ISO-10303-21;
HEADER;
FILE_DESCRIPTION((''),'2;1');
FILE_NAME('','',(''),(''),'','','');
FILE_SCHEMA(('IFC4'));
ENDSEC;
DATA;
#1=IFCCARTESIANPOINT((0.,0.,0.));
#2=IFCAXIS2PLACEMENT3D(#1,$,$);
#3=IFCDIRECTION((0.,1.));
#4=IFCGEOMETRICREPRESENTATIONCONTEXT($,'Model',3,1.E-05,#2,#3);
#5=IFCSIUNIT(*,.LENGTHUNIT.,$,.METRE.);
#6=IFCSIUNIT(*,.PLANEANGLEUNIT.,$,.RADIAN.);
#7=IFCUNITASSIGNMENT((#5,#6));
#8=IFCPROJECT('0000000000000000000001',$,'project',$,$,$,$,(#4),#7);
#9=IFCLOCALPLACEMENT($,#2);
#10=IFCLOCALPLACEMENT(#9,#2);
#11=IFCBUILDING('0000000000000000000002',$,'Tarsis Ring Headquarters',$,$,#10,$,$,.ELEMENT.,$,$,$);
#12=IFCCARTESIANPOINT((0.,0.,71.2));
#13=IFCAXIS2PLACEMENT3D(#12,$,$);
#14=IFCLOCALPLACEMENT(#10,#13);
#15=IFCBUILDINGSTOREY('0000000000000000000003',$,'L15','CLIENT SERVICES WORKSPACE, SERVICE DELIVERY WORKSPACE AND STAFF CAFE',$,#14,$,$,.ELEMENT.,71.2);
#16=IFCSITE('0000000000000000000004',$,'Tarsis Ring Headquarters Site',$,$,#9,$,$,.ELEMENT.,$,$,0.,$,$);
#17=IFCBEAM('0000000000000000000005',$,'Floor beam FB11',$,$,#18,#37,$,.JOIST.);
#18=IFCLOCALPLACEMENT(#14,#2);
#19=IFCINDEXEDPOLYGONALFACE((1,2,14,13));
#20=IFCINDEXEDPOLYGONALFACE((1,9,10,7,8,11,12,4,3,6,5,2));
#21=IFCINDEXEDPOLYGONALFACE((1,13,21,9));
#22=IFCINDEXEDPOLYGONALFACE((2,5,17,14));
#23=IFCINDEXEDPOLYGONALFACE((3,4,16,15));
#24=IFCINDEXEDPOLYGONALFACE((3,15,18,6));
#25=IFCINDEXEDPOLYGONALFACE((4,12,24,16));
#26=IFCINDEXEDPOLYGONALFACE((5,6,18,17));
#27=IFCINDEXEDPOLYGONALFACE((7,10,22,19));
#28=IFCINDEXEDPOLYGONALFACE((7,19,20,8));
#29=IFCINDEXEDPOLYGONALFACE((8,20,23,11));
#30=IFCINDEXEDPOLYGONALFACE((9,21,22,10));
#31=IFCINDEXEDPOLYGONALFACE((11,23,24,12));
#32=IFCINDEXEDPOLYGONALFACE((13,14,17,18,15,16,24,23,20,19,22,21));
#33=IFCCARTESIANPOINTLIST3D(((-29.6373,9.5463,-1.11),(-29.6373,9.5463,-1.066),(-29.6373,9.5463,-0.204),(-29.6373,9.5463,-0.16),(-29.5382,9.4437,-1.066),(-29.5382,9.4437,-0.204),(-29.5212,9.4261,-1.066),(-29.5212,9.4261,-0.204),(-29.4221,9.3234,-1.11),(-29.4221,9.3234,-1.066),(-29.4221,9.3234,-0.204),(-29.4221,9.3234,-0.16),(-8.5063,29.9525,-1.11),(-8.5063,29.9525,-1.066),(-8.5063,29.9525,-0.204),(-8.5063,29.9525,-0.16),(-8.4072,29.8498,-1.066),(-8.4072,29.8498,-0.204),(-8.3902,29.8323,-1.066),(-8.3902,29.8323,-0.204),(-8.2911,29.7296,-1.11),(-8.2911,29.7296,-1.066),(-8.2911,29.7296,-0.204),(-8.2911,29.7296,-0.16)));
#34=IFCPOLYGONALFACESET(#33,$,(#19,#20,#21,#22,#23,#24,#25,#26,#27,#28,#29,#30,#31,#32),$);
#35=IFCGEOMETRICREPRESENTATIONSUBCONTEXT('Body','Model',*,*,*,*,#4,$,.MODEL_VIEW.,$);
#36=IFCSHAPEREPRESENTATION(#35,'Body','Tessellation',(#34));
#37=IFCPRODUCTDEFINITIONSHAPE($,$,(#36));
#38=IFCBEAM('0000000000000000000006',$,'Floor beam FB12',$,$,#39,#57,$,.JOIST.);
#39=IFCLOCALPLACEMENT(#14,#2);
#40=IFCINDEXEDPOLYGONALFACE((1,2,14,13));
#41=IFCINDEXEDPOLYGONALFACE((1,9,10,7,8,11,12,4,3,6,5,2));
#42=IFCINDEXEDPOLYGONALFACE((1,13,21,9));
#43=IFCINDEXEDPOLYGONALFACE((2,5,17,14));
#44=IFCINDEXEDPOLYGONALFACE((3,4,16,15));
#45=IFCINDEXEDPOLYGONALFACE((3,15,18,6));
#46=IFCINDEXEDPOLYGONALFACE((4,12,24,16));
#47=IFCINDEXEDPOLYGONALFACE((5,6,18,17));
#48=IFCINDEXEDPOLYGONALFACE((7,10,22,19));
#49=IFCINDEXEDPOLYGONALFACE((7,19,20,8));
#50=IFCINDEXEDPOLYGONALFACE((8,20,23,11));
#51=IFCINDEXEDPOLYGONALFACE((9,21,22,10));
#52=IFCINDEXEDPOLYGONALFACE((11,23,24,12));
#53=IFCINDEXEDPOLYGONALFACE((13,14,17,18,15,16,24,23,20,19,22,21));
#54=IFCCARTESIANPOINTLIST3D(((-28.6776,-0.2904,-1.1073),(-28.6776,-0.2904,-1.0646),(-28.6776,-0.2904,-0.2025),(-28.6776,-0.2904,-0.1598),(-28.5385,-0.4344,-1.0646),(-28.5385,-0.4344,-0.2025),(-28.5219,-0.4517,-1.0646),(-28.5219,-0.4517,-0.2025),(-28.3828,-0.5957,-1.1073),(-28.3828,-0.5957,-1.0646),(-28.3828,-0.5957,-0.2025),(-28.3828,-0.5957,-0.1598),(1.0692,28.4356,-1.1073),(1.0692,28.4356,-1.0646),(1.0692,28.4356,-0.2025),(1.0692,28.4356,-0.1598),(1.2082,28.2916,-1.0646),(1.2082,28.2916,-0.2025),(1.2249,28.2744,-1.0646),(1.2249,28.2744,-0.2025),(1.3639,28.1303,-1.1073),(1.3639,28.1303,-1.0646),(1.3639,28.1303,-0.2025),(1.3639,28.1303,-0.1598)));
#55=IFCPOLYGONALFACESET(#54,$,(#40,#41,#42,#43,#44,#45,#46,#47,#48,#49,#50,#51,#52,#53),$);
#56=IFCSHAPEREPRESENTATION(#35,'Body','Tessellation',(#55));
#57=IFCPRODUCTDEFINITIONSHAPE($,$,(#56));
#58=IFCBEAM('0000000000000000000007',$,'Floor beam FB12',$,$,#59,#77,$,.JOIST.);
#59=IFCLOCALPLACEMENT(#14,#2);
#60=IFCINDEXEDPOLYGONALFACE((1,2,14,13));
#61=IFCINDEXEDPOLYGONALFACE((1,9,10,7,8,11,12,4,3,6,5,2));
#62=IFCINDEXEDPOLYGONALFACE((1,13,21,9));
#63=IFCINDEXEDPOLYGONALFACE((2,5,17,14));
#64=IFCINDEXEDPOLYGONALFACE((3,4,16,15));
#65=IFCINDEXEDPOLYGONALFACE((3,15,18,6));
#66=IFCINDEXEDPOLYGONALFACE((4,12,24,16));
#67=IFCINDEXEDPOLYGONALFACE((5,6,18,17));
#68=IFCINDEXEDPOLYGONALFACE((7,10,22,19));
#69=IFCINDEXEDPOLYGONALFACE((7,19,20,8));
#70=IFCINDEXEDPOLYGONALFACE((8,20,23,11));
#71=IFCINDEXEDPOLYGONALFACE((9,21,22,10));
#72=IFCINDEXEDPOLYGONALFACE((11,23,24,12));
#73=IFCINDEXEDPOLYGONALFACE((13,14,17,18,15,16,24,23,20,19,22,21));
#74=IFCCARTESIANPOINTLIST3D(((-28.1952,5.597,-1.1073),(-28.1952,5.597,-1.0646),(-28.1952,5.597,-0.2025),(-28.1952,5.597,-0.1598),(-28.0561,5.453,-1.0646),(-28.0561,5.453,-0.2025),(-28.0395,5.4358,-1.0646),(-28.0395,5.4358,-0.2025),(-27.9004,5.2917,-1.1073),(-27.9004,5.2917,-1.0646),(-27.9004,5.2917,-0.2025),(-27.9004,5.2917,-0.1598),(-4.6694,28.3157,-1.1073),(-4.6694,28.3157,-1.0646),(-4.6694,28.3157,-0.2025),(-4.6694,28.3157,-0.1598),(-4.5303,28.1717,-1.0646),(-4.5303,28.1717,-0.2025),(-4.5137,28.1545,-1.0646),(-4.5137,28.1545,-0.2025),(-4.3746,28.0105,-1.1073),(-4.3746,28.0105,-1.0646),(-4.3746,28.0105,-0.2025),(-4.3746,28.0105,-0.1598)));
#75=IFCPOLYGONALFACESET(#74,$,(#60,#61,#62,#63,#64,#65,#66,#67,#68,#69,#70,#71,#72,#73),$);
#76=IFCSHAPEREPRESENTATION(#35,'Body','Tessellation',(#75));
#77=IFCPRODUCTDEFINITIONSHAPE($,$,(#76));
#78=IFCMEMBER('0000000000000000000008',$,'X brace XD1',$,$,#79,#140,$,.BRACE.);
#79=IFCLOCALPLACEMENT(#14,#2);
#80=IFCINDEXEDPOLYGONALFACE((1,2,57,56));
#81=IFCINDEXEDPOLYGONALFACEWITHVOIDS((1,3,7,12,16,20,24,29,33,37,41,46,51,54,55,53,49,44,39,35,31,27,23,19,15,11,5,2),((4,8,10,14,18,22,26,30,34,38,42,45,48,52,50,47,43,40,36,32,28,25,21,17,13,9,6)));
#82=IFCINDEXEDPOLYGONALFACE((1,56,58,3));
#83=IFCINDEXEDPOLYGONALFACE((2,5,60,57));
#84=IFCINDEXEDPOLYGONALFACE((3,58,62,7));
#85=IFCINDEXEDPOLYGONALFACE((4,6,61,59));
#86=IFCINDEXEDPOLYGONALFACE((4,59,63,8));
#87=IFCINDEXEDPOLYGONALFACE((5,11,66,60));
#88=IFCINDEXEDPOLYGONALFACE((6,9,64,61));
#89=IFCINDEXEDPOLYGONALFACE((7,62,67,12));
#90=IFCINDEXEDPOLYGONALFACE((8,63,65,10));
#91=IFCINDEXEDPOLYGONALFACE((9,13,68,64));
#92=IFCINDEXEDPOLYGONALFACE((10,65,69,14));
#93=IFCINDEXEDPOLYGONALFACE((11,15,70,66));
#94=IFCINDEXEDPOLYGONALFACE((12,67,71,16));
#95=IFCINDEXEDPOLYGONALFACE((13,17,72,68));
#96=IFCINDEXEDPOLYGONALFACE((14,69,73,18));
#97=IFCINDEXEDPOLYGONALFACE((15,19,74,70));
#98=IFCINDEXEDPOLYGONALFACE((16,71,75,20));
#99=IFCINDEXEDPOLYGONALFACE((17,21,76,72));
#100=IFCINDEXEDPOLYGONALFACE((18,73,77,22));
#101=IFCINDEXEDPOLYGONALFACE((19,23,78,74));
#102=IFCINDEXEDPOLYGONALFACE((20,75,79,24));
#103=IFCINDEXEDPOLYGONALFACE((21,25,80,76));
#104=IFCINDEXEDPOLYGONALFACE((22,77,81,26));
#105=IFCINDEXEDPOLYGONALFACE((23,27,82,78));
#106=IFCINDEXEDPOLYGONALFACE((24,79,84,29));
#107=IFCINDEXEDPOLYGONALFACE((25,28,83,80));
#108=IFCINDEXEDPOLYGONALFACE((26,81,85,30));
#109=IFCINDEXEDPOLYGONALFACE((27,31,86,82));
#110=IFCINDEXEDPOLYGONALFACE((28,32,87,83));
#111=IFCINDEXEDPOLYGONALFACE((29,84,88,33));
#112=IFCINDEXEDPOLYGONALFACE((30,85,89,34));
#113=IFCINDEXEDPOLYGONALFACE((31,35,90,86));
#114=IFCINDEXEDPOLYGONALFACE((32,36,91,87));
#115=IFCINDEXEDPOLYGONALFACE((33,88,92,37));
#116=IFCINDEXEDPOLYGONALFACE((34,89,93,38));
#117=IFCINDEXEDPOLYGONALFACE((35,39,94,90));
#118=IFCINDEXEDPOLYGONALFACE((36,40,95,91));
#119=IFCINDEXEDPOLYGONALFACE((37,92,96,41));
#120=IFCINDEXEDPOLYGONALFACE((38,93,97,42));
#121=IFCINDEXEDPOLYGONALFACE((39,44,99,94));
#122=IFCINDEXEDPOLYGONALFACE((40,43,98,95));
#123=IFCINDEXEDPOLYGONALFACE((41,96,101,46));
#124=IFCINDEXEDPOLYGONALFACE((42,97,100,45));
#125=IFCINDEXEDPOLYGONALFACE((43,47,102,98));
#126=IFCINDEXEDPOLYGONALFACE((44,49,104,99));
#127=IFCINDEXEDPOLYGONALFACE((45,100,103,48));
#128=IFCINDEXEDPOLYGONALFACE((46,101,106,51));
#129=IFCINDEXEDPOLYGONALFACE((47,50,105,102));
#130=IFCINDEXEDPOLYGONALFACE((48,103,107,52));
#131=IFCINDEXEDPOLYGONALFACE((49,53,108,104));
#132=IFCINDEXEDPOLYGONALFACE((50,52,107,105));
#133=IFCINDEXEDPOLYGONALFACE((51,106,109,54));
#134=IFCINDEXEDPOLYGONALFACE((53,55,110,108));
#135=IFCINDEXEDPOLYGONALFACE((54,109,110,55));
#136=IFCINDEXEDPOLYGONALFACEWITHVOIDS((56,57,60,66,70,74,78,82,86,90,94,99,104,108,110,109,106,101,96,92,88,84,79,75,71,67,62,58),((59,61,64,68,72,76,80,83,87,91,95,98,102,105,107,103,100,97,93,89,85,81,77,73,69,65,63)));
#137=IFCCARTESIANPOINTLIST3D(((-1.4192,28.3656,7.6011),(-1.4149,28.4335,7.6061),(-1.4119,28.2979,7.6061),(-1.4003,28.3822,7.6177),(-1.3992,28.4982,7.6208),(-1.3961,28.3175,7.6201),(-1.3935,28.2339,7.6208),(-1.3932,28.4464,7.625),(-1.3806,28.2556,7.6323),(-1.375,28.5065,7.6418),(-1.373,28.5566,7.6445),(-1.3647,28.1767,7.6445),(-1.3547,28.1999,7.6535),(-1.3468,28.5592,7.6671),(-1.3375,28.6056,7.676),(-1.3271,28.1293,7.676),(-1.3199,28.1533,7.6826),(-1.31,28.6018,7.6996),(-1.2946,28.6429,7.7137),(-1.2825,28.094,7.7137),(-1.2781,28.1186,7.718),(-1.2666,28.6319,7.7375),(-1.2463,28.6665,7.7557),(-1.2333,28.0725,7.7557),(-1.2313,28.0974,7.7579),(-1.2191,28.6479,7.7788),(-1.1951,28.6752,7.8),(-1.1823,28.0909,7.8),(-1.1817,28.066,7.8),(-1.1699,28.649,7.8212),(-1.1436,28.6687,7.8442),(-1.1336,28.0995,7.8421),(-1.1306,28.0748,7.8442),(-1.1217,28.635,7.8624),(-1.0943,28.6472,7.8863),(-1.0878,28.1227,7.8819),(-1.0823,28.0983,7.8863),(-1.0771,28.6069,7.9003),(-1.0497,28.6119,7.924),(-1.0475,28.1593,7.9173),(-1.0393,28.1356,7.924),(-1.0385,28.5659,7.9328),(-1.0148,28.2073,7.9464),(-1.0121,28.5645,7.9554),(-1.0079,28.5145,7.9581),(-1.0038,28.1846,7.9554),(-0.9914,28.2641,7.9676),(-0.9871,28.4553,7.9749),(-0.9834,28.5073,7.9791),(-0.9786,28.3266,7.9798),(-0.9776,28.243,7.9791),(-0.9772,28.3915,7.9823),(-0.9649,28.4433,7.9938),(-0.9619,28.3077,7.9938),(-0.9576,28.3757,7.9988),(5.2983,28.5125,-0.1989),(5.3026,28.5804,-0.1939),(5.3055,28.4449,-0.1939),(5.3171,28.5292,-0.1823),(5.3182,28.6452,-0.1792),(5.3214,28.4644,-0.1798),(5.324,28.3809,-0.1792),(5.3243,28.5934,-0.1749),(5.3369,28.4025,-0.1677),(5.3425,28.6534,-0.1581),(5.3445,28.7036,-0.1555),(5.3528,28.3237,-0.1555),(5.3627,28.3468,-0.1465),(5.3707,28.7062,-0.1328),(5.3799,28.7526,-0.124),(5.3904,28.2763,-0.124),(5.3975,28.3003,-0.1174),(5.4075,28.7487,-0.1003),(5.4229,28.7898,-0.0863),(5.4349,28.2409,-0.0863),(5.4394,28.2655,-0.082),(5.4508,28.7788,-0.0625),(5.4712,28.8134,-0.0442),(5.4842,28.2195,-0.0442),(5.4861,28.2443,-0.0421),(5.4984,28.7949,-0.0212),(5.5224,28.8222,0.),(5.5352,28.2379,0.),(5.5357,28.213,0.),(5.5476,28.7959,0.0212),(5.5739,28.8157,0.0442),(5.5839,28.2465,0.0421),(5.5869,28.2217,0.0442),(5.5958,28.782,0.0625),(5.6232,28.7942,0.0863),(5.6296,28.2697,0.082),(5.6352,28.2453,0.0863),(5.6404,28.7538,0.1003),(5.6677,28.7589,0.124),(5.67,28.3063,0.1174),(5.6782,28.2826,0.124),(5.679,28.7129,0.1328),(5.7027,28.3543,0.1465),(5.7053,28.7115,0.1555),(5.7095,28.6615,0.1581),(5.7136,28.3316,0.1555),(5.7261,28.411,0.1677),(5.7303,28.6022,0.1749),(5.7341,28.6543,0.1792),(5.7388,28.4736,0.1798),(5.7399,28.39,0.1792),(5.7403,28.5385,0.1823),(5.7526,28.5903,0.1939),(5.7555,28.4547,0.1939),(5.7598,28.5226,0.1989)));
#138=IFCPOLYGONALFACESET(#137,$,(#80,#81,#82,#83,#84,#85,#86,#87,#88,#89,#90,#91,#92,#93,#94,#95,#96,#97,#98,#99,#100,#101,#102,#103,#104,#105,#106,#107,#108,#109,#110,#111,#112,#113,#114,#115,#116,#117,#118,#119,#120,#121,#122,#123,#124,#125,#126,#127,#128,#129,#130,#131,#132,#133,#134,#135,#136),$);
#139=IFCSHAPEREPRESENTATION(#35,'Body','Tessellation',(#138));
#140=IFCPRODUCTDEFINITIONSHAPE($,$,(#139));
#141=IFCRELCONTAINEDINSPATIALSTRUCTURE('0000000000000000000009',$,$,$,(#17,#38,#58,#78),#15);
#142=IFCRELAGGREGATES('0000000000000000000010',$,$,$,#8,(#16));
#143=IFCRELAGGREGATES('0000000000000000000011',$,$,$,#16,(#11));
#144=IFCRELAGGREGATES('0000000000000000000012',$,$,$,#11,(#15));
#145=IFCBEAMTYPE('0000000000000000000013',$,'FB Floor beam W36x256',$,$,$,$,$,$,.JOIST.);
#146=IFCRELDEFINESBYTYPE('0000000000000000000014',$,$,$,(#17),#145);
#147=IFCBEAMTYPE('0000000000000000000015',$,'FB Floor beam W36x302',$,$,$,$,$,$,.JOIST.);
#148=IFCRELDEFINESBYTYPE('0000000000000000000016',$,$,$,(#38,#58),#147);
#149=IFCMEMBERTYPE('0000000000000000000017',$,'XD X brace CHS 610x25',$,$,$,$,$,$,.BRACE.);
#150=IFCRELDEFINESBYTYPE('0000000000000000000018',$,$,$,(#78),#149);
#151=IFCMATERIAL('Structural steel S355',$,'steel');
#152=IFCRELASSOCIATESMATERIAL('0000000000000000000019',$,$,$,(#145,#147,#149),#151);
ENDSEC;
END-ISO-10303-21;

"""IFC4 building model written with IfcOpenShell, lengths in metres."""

from ifc_helpers import new_model, si_unit, direction, frame, origin, origin_2d, place, context, subcontext, project, spatial, hollow_circle, i_section, extrude, material, material_profile, profile_set, type_object, element, save


model = new_model("IFC4")

# Units and contexts
model_context = context("Model", 3, precision=1e-05, world=origin(), true_north=direction((0.0, 1.0)))
body_context = subcontext(model_context, "Body", "Model", "MODEL_VIEW")
ifc_project = project(units=[si_unit("LENGTHUNIT", "METRE"), si_unit("PLANEANGLEUNIT", "RADIAN")], contexts=[model_context])

# Site, building, storey
site_placement = place(None, origin())
site = spatial("IfcSite", under=ifc_project, at=site_placement, Name="Tarsis Ring Headquarters Site", CompositionType="ELEMENT", RefElevation=0.0)
building_placement = place(site_placement, origin())
building = spatial("IfcBuilding", under=site, at=building_placement, Name="Tarsis Ring Headquarters", CompositionType="ELEMENT")
storey_placement = place(building_placement, frame((0.0, 0.0, 71.2)))
storey = spatial("IfcBuildingStorey", under=building, at=storey_placement, Name="L15", Description="CLIENT SERVICES WORKSPACE, SERVICE DELIVERY WORKSPACE AND STAFF CAFE", CompositionType="ELEMENT", Elevation=71.2)

# Beams
ifc_material_1 = material(Name="Structural steel S355", Category="steel")
ifc_material_profile_1 = material_profile(ifc_material_1, i_section(OverallWidth=0.3098, OverallDepth=0.95, WebThickness=0.0244, FlangeThickness=0.0439, at=origin_2d()), Name="W36x256")
ifc_profile_set_1 = profile_set([ifc_material_profile_1], Name="Structural steel S355")
beam_type_1 = type_object("IfcBeamType", Name="FB Floor beam W36x256", PredefinedType="JOIST", material=ifc_profile_set_1)
beam_1_placement = place(storey_placement, frame((-8.3987, 29.8411, -0.635), z_axis=(-0.719337, -0.694662, 0.0), x_axis=(0.694662, -0.719337, 0.0)))
element("IfcBeam", 1, at=beam_1_placement, inside=storey, type_object=beam_type_1, Name="Floor beam FB11", PredefinedType="JOIST", context=body_context, shape_type="SweptSolid", body=[
    extrude(i_section(OverallWidth=0.3098, OverallDepth=0.95, WebThickness=0.0244, FlangeThickness=0.0439, at=origin_2d()), origin(), (0.0, 0.0, 1.0), 29.3757),
])
ifc_material_profile_2 = material_profile(ifc_material_1, i_section(OverallWidth=0.4243, OverallDepth=0.9475, WebThickness=0.0239, FlangeThickness=0.0427, at=origin_2d()), Name="W36x302")
ifc_profile_set_2 = profile_set([ifc_material_profile_2], Name="Structural steel S355")
beam_type_2 = type_object("IfcBeamType", Name="FB Floor beam W36x302", PredefinedType="JOIST", material=ifc_profile_set_2)
beam_2_placement = place(storey_placement, frame((1.2166, 28.283, -0.6335), z_axis=(-0.719341, -0.694657, 0.0), x_axis=(0.694657, -0.719341, 0.0)))
element("IfcBeam", 2, at=beam_2_placement, inside=storey, type_object=beam_type_2, Name="Floor beam FB12", PredefinedType="JOIST", context=body_context, shape_type="SweptSolid", body=[
    extrude(i_section(OverallWidth=0.4243, OverallDepth=0.9475, WebThickness=0.0239, FlangeThickness=0.0427, at=origin_2d()), origin(), (0.0, 0.0, 1.0), 41.3528),
])
beam_3_placement = place(storey_placement, frame((-4.522, 28.1631, -0.6335), z_axis=(-0.719339, -0.69466, 0.0), x_axis=(0.69466, -0.719339, 0.0)))
element("IfcBeam", 3, at=beam_3_placement, inside=storey, type_object=beam_type_2, Name="Floor beam FB12", PredefinedType="JOIST", context=body_context, shape_type="SweptSolid", body=[
    extrude(i_section(OverallWidth=0.4243, OverallDepth=0.9475, WebThickness=0.0239, FlangeThickness=0.0427, at=origin_2d()), origin(), (0.0, 0.0, 1.0), 32.7048),
])

# Member
ifc_material_profile_3 = material_profile(ifc_material_1, hollow_circle(Radius=0.3047, WallThickness=0.0249, at=origin_2d()), Name="CHS 610x25")
ifc_profile_set_3 = profile_set([ifc_material_profile_3], Name="Structural steel S355")
member_type = type_object("IfcMemberType", Name="XD X brace CHS 610x25", PredefinedType="BRACE", material=ifc_profile_set_3)
member_1_placement = place(storey_placement, frame((5.5291, 28.5176, 0.0), z_axis=(-0.652502, -0.014276, 0.757652), x_axis=(0.021874, -0.999761, 0.0)))
element("IfcMember", 4, at=member_1_placement, inside=storey, type_object=member_type, Name="X brace XD1", PredefinedType="BRACE", context=body_context, shape_type="SweptSolid", body=[
    extrude(hollow_circle(Radius=0.3047, WallThickness=0.0249, at=origin_2d()), origin(), (0.0, 0.0, 1.0), 10.2949),
])

save(model, "model.ifc")
